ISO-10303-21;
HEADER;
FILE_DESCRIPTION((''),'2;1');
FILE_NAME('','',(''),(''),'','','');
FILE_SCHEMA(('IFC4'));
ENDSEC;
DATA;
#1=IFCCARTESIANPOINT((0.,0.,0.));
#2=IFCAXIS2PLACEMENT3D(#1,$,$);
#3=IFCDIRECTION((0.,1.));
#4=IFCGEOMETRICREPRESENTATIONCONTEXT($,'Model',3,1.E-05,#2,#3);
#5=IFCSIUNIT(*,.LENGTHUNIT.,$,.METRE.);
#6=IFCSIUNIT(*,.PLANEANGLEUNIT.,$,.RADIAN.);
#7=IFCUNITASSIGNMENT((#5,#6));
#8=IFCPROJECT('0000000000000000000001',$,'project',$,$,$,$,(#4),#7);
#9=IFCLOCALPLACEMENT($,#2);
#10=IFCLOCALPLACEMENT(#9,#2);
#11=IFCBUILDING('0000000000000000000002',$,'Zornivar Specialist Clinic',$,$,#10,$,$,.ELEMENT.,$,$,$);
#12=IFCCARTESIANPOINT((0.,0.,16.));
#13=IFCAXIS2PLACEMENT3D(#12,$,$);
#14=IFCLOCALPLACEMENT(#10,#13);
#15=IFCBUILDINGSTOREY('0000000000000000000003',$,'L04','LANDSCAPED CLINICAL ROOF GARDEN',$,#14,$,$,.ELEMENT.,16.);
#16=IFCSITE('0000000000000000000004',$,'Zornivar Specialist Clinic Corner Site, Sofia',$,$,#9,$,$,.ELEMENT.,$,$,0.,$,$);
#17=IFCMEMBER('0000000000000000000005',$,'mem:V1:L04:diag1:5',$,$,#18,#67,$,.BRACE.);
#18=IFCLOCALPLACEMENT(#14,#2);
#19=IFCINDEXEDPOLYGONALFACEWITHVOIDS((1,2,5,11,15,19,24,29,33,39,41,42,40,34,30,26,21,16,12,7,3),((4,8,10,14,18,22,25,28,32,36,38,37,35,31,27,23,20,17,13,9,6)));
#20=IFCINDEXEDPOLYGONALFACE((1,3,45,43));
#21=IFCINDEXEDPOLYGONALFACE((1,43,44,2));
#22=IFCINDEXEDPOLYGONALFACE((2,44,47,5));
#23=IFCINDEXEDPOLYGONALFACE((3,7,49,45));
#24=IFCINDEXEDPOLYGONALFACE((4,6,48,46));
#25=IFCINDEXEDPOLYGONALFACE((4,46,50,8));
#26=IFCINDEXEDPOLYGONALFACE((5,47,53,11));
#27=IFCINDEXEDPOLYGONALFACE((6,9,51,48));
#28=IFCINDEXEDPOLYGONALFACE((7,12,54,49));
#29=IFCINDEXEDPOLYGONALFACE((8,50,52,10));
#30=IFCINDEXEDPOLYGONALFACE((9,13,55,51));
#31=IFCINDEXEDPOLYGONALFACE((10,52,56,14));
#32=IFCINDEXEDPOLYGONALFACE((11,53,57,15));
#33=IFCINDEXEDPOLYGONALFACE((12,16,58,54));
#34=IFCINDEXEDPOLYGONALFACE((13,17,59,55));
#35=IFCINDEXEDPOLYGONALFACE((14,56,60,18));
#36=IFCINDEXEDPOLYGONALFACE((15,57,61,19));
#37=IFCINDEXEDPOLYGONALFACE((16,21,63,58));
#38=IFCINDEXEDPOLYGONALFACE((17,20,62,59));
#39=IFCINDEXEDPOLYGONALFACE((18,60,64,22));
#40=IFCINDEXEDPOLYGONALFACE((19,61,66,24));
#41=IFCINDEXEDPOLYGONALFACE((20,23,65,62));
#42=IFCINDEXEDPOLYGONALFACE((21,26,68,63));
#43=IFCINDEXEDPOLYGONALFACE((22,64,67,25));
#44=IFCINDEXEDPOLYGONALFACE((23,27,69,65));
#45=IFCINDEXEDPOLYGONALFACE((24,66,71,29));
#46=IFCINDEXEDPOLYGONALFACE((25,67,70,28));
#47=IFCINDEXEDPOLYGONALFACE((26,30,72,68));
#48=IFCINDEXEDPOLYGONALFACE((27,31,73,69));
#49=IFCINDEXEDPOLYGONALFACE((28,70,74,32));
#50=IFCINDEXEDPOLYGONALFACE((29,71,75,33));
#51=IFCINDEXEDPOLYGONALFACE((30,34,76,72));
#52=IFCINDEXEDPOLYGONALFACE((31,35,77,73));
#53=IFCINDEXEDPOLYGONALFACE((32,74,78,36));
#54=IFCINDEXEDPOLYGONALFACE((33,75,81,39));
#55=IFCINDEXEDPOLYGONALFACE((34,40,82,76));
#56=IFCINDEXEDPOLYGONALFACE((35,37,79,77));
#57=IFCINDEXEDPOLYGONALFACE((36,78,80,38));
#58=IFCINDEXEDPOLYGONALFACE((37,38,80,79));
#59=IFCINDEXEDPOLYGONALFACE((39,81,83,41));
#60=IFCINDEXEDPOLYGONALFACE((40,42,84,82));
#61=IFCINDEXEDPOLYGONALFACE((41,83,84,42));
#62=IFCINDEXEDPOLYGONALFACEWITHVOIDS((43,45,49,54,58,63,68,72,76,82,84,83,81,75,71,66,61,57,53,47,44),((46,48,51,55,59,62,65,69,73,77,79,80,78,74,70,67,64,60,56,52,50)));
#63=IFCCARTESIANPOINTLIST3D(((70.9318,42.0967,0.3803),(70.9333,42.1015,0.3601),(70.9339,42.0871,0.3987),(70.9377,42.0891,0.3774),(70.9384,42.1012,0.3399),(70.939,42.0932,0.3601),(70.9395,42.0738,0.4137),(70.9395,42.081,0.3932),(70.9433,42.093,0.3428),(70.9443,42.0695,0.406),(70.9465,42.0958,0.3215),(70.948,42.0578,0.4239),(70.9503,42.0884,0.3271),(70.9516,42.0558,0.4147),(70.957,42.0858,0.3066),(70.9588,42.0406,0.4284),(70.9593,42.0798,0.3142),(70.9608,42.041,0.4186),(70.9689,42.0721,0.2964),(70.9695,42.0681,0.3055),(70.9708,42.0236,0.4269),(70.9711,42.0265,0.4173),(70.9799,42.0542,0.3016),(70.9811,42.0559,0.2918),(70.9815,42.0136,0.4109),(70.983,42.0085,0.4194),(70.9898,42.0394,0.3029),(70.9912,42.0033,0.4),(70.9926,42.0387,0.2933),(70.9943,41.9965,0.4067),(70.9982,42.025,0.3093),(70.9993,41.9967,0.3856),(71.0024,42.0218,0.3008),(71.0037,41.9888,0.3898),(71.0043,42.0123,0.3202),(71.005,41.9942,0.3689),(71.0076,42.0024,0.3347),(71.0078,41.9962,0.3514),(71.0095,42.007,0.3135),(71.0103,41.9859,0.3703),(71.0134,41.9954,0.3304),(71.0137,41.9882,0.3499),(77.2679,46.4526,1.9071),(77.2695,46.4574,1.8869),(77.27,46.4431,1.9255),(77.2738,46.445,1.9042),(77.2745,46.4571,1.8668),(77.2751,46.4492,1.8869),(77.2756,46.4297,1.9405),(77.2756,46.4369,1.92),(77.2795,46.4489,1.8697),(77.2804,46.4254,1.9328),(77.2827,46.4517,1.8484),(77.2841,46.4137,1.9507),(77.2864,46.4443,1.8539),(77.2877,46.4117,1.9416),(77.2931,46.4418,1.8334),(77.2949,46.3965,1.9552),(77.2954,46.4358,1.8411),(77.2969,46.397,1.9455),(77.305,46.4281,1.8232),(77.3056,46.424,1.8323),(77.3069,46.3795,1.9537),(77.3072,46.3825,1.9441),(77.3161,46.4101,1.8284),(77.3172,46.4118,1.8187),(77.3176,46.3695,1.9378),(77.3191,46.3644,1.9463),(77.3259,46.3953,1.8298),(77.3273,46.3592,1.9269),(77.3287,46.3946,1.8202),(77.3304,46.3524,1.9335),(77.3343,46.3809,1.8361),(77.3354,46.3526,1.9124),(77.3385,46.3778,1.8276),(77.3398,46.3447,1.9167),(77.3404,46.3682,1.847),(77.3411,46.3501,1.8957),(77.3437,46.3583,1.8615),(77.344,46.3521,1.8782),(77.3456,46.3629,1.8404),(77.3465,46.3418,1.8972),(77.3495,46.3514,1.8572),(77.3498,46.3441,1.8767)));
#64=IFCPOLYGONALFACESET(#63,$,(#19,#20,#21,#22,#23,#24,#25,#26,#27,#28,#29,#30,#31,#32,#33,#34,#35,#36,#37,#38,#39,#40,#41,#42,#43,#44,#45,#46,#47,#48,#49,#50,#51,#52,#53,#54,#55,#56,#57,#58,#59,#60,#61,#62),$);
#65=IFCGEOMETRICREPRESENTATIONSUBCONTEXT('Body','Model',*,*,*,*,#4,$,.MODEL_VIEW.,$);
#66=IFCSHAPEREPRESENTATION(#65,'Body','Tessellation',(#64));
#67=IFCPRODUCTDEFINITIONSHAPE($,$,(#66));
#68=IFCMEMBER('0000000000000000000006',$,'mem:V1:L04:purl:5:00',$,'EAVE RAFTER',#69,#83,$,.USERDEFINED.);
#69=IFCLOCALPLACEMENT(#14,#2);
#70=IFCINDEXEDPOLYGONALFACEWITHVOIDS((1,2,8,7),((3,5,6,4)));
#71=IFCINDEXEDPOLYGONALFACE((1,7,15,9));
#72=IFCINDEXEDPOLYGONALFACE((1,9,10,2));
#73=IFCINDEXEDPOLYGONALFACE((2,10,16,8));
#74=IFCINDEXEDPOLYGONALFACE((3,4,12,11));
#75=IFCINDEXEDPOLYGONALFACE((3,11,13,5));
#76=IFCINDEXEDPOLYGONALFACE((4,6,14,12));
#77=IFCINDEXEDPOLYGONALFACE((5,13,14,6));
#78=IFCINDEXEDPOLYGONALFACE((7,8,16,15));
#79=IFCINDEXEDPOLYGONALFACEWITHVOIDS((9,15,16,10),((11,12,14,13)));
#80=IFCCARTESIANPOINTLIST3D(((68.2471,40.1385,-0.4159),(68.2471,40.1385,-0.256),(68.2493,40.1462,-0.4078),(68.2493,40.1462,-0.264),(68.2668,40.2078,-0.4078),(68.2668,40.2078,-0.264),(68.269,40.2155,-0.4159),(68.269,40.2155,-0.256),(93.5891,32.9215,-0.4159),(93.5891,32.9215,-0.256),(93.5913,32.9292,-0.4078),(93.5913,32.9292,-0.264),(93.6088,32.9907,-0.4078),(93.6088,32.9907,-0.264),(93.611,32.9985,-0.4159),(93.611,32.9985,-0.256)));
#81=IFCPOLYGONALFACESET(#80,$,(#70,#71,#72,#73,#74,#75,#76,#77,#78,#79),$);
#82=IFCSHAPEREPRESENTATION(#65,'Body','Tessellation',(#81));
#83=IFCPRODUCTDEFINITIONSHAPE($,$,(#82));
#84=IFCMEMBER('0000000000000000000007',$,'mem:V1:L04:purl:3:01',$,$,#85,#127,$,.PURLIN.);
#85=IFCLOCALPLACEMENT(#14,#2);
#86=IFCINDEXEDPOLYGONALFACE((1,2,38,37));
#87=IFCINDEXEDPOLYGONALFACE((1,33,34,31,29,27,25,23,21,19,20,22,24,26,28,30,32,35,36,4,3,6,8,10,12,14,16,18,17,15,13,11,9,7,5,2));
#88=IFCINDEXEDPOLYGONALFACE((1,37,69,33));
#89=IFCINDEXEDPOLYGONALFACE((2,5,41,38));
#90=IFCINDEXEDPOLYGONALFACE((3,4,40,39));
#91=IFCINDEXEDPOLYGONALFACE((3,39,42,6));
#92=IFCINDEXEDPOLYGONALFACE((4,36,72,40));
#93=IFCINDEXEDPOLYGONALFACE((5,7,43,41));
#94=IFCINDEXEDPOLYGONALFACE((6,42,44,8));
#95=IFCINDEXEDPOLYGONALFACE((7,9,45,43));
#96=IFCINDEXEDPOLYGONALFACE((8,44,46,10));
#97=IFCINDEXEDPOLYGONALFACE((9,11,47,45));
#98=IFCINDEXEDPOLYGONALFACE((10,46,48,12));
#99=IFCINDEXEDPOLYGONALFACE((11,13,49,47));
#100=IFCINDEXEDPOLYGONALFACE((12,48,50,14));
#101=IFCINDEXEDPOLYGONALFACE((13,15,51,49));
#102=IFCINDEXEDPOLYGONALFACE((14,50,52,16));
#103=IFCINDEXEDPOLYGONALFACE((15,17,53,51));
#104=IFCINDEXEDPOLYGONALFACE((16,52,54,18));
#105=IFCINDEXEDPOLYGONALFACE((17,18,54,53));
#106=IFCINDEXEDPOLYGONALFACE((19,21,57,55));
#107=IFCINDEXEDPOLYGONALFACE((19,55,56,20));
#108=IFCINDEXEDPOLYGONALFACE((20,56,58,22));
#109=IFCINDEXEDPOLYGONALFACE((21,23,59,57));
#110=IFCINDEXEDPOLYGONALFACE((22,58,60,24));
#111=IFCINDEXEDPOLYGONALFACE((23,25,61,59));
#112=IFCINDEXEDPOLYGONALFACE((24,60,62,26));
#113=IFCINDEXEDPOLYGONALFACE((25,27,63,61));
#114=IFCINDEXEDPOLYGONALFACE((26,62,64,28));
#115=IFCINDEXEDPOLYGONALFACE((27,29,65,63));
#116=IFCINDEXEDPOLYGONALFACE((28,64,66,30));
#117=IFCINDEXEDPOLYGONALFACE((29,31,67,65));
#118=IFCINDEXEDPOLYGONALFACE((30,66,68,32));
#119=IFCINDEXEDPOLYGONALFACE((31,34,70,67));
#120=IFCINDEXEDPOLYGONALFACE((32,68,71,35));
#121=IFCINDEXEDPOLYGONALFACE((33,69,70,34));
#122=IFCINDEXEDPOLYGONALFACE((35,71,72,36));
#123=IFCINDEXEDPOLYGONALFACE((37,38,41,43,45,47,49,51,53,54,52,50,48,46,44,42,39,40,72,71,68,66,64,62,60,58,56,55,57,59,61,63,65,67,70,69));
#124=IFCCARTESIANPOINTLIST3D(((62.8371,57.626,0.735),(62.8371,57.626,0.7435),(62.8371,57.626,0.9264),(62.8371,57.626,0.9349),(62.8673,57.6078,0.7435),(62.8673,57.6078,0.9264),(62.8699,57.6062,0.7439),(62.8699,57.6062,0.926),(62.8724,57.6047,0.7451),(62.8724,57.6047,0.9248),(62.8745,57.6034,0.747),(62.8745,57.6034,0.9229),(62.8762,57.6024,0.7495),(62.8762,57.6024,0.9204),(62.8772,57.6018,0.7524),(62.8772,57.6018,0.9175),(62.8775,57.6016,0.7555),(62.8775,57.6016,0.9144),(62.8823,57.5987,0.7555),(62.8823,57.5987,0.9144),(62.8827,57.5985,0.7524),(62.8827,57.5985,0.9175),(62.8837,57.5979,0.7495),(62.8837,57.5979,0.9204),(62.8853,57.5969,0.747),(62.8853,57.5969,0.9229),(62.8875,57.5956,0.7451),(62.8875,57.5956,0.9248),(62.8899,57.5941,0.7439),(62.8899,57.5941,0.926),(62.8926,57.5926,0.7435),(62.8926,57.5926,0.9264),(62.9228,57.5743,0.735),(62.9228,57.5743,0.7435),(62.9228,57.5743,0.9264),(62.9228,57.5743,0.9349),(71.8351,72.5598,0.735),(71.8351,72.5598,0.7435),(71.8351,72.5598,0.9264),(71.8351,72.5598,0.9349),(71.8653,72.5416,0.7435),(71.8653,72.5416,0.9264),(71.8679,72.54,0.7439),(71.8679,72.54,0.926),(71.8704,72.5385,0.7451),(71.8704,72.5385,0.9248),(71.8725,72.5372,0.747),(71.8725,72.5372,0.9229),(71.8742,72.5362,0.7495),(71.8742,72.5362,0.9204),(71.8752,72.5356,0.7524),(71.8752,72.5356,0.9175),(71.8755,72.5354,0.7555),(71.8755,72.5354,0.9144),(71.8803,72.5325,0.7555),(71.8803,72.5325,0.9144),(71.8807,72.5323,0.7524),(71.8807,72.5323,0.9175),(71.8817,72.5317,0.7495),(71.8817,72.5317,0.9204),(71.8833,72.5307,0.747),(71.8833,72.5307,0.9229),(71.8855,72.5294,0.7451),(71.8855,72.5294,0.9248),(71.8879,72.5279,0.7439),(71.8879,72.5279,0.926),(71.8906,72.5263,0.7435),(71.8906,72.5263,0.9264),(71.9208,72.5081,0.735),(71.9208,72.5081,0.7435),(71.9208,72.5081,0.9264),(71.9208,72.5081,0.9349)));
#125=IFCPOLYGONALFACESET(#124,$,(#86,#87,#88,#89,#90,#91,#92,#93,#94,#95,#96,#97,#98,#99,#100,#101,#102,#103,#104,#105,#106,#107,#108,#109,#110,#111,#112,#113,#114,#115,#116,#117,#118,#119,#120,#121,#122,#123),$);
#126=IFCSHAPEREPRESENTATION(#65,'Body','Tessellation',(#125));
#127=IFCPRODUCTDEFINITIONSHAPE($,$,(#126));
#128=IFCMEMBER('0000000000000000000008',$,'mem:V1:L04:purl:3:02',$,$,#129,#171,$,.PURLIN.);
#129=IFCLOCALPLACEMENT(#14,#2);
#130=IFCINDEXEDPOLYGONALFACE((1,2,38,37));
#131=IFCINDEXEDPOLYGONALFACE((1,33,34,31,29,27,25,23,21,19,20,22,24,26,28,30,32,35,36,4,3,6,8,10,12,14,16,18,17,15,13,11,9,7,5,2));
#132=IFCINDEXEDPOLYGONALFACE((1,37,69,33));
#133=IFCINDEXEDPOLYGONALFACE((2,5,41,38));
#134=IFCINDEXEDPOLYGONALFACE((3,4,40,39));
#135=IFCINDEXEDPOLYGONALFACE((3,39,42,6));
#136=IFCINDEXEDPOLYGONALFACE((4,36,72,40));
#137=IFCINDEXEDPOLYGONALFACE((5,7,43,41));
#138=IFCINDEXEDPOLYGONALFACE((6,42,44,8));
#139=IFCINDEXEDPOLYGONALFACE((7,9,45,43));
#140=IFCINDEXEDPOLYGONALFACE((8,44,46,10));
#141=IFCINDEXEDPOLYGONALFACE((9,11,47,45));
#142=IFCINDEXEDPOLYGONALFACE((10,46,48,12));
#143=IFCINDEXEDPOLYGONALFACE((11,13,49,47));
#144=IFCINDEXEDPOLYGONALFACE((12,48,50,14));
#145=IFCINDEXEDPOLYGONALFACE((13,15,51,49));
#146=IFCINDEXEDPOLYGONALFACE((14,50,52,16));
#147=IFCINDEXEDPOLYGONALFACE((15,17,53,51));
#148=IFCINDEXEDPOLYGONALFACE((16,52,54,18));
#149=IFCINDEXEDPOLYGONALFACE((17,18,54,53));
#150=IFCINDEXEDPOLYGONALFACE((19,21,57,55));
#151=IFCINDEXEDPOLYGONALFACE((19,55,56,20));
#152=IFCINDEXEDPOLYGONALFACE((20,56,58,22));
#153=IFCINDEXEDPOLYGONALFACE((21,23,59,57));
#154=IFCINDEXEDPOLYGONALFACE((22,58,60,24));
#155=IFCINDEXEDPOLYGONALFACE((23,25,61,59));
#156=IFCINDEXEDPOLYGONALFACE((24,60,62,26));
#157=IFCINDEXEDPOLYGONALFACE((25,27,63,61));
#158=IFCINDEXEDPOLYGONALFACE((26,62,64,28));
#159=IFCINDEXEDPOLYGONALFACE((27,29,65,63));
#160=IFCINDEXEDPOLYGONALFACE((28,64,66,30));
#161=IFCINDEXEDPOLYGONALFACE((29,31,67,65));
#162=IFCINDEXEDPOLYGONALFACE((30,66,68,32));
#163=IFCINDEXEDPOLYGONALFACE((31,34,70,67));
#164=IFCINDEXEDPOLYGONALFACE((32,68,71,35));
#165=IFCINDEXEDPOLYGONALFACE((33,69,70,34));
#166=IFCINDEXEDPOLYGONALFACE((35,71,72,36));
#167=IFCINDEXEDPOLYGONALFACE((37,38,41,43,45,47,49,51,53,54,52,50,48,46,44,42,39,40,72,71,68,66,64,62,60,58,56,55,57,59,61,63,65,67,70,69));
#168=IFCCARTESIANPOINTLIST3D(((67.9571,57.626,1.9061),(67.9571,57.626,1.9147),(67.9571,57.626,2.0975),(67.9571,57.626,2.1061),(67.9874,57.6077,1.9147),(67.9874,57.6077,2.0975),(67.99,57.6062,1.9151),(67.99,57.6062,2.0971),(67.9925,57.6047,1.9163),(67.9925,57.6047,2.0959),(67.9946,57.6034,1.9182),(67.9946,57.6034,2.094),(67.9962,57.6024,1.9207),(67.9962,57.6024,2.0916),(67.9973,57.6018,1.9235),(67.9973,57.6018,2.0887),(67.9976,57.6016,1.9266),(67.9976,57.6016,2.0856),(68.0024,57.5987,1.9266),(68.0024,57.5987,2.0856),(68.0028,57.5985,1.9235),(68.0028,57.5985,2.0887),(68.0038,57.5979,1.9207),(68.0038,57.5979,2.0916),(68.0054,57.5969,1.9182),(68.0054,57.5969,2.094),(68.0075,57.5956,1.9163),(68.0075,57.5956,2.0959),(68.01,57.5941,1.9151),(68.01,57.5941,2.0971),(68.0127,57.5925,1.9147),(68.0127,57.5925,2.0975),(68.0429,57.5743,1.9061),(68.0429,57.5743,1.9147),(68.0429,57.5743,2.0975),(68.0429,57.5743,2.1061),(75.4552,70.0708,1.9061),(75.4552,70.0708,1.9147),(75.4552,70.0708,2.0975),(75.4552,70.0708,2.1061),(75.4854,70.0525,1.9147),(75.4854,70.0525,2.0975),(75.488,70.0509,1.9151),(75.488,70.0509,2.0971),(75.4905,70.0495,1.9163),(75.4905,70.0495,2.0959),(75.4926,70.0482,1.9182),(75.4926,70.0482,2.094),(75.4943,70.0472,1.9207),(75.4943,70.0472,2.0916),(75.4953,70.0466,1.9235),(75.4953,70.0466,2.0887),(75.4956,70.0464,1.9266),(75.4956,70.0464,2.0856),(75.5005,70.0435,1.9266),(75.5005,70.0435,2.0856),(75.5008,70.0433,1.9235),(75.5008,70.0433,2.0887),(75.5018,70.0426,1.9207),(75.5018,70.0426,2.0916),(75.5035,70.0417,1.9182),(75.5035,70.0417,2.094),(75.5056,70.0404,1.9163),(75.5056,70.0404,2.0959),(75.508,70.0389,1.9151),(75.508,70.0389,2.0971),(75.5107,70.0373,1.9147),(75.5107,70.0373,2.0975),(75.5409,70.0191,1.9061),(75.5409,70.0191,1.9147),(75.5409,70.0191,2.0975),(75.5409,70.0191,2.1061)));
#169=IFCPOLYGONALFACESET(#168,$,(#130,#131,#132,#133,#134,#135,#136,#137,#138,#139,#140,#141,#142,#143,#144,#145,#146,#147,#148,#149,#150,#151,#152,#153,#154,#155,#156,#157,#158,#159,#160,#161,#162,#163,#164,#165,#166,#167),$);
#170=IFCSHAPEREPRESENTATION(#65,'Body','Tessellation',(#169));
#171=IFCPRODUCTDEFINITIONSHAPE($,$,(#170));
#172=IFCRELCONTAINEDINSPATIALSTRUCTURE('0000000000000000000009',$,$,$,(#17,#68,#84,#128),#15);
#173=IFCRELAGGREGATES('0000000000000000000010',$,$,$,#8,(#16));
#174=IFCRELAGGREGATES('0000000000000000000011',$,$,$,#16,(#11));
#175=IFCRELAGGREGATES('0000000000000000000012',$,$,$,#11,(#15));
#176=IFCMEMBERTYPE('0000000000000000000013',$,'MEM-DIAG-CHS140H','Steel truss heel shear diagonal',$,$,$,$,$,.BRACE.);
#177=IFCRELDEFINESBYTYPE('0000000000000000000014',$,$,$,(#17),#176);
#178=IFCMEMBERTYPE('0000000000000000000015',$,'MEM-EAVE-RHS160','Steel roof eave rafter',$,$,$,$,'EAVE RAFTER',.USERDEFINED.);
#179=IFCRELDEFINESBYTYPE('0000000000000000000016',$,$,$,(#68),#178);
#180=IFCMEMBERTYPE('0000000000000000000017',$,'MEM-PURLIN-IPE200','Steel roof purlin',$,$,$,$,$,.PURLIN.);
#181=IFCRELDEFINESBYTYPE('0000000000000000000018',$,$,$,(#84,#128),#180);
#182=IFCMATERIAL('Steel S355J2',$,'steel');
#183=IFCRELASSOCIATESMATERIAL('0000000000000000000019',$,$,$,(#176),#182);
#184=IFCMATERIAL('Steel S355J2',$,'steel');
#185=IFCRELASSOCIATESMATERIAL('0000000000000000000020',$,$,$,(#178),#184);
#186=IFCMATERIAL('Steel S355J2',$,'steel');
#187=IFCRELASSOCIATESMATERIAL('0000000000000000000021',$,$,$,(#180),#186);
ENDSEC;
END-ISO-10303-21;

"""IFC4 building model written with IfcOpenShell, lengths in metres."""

from ifc_helpers import new_model, si_unit, direction, frame, origin, origin_2d, place, context, subcontext, project, spatial, hollow_rectangle, hollow_circle, i_section, extrude, material, material_profile, profile_set, type_object, element, save


model = new_model("IFC4")

# Units and contexts
model_context = context("Model", 3, precision=1e-05, world=origin(), true_north=direction((0.0, 1.0)))
body_context = subcontext(model_context, "Body", "Model", "MODEL_VIEW")
ifc_project = project(units=[si_unit("LENGTHUNIT", "METRE"), si_unit("PLANEANGLEUNIT", "RADIAN")], contexts=[model_context])

# Site, building, storey
site_placement = place(None, origin())
site = spatial("IfcSite", under=ifc_project, at=site_placement, Name="Zornivar Specialist Clinic Corner Site, Sofia", CompositionType="ELEMENT", RefElevation=0.0)
building_placement = place(site_placement, origin())
building = spatial("IfcBuilding", under=site, at=building_placement, Name="Zornivar Specialist Clinic", CompositionType="ELEMENT")
storey_placement = place(building_placement, frame((0.0, 0.0, 16.0)))
storey = spatial("IfcBuildingStorey", under=building, at=storey_placement, Name="L04", Description="LANDSCAPED CLINICAL ROOF GARDEN", CompositionType="ELEMENT", Elevation=16.0)

# Members
ifc_material_1 = material(Name="Steel S355J2", Category="steel")
ifc_material_profile_1 = material_profile(ifc_material_1, hollow_circle(Radius=0.0698, WallThickness=0.01, at=origin_2d()), Name="CHS 139.7x10")
ifc_profile_set_1 = profile_set([ifc_material_profile_1], Name="Steel S355J2")
member_type_1 = type_object("IfcMemberType", Name="MEM-DIAG-CHS140H", Description="Steel truss heel shear diagonal", PredefinedType="BRACE", material=ifc_profile_set_1)
member_1_placement = place(storey_placement, frame((70.9729, 42.0439, 0.3601), z_axis=(0.80827, 0.555664, 0.194772), x_axis=(-0.566514, 0.824052, 0.0)))
element("IfcMember", 1, at=member_1_placement, inside=storey, type_object=member_type_1, Name="mem:V1:L04:diag1:5", PredefinedType="BRACE", context=body_context, shape_type="SweptSolid", body=[
    extrude(hollow_circle(Radius=0.0698, WallThickness=0.01, at=origin_2d()), origin(), (0.0, 0.0, 1.0), 7.8391),
])
ifc_material_2 = material(Name="Steel S355J2", Category="steel")
ifc_material_profile_2 = material_profile(ifc_material_2, hollow_rectangle(XDim=0.0801, YDim=0.1599, WallThickness=0.0081, at=origin_2d()), Name="RHS 160x80x8")
ifc_profile_set_2 = profile_set([ifc_material_profile_2], Name="Steel S355J2")
member_type_2 = type_object("IfcMemberType", Name="MEM-EAVE-RHS160", Description="Steel roof eave rafter", ElementType="EAVE RAFTER", PredefinedType="USERDEFINED", material=ifc_profile_set_2)
member_2_placement = place(storey_placement, frame((68.2581, 40.177, -0.3359), z_axis=(0.96176, -0.273895, 0.0), x_axis=(0.273895, 0.96176, 0.0)))
element("IfcMember", 2, at=member_2_placement, inside=storey, type_object=member_type_2, Name="mem:V1:L04:purl:5:00", ObjectType="EAVE RAFTER", PredefinedType="USERDEFINED", context=body_context, shape_type="SweptSolid", body=[
    extrude(hollow_rectangle(XDim=0.0801, YDim=0.1599, WallThickness=0.0081, at=origin_2d()), origin(), (0.0, 0.0, 1.0), 26.3496),
])
ifc_material_3 = material(Name="Steel S355J2", Category="steel")
ifc_material_profile_3 = material_profile(ifc_material_3, i_section(OverallWidth=0.1001, OverallDepth=0.2, WebThickness=0.0056, FlangeThickness=0.0085, FilletRadius=0.012, at=origin_2d()), Name="IPE 200")
ifc_profile_set_3 = profile_set([ifc_material_profile_3], Name="Steel S355J2")
member_type_3 = type_object("IfcMemberType", Name="MEM-PURLIN-IPE200", Description="Steel roof purlin", PredefinedType="PURLIN", material=ifc_profile_set_3)
member_3_placement = place(storey_placement, frame((71.8779, 72.5339, 0.835), z_axis=(-0.516087, -0.856536, 0.0), x_axis=(0.856536, -0.516087, 0.0)))
element("IfcMember", 3, at=member_3_placement, inside=storey, type_object=member_type_3, Name="mem:V1:L04:purl:3:01", PredefinedType="PURLIN", context=body_context, shape_type="SweptSolid", body=[
    extrude(i_section(OverallWidth=0.1001, OverallDepth=0.2, WebThickness=0.0056, FlangeThickness=0.0085, FilletRadius=0.012, at=origin_2d()), origin(), (0.0, 0.0, 1.0), 17.4351),
])
member_4_placement = place(storey_placement, frame((75.498, 70.0449, 2.0061), z_axis=(-0.516071, -0.856546, 0.0), x_axis=(0.856546, -0.516071, 0.0)))
element("IfcMember", 4, at=member_4_placement, inside=storey, type_object=member_type_3, Name="mem:V1:L04:purl:3:02", PredefinedType="PURLIN", context=body_context, shape_type="SweptSolid", body=[
    extrude(i_section(OverallWidth=0.1001, OverallDepth=0.2, WebThickness=0.0056, FlangeThickness=0.0085, FilletRadius=0.012, at=origin_2d()), origin(), (0.0, 0.0, 1.0), 14.5291),
])

save(model, "model.ifc")
